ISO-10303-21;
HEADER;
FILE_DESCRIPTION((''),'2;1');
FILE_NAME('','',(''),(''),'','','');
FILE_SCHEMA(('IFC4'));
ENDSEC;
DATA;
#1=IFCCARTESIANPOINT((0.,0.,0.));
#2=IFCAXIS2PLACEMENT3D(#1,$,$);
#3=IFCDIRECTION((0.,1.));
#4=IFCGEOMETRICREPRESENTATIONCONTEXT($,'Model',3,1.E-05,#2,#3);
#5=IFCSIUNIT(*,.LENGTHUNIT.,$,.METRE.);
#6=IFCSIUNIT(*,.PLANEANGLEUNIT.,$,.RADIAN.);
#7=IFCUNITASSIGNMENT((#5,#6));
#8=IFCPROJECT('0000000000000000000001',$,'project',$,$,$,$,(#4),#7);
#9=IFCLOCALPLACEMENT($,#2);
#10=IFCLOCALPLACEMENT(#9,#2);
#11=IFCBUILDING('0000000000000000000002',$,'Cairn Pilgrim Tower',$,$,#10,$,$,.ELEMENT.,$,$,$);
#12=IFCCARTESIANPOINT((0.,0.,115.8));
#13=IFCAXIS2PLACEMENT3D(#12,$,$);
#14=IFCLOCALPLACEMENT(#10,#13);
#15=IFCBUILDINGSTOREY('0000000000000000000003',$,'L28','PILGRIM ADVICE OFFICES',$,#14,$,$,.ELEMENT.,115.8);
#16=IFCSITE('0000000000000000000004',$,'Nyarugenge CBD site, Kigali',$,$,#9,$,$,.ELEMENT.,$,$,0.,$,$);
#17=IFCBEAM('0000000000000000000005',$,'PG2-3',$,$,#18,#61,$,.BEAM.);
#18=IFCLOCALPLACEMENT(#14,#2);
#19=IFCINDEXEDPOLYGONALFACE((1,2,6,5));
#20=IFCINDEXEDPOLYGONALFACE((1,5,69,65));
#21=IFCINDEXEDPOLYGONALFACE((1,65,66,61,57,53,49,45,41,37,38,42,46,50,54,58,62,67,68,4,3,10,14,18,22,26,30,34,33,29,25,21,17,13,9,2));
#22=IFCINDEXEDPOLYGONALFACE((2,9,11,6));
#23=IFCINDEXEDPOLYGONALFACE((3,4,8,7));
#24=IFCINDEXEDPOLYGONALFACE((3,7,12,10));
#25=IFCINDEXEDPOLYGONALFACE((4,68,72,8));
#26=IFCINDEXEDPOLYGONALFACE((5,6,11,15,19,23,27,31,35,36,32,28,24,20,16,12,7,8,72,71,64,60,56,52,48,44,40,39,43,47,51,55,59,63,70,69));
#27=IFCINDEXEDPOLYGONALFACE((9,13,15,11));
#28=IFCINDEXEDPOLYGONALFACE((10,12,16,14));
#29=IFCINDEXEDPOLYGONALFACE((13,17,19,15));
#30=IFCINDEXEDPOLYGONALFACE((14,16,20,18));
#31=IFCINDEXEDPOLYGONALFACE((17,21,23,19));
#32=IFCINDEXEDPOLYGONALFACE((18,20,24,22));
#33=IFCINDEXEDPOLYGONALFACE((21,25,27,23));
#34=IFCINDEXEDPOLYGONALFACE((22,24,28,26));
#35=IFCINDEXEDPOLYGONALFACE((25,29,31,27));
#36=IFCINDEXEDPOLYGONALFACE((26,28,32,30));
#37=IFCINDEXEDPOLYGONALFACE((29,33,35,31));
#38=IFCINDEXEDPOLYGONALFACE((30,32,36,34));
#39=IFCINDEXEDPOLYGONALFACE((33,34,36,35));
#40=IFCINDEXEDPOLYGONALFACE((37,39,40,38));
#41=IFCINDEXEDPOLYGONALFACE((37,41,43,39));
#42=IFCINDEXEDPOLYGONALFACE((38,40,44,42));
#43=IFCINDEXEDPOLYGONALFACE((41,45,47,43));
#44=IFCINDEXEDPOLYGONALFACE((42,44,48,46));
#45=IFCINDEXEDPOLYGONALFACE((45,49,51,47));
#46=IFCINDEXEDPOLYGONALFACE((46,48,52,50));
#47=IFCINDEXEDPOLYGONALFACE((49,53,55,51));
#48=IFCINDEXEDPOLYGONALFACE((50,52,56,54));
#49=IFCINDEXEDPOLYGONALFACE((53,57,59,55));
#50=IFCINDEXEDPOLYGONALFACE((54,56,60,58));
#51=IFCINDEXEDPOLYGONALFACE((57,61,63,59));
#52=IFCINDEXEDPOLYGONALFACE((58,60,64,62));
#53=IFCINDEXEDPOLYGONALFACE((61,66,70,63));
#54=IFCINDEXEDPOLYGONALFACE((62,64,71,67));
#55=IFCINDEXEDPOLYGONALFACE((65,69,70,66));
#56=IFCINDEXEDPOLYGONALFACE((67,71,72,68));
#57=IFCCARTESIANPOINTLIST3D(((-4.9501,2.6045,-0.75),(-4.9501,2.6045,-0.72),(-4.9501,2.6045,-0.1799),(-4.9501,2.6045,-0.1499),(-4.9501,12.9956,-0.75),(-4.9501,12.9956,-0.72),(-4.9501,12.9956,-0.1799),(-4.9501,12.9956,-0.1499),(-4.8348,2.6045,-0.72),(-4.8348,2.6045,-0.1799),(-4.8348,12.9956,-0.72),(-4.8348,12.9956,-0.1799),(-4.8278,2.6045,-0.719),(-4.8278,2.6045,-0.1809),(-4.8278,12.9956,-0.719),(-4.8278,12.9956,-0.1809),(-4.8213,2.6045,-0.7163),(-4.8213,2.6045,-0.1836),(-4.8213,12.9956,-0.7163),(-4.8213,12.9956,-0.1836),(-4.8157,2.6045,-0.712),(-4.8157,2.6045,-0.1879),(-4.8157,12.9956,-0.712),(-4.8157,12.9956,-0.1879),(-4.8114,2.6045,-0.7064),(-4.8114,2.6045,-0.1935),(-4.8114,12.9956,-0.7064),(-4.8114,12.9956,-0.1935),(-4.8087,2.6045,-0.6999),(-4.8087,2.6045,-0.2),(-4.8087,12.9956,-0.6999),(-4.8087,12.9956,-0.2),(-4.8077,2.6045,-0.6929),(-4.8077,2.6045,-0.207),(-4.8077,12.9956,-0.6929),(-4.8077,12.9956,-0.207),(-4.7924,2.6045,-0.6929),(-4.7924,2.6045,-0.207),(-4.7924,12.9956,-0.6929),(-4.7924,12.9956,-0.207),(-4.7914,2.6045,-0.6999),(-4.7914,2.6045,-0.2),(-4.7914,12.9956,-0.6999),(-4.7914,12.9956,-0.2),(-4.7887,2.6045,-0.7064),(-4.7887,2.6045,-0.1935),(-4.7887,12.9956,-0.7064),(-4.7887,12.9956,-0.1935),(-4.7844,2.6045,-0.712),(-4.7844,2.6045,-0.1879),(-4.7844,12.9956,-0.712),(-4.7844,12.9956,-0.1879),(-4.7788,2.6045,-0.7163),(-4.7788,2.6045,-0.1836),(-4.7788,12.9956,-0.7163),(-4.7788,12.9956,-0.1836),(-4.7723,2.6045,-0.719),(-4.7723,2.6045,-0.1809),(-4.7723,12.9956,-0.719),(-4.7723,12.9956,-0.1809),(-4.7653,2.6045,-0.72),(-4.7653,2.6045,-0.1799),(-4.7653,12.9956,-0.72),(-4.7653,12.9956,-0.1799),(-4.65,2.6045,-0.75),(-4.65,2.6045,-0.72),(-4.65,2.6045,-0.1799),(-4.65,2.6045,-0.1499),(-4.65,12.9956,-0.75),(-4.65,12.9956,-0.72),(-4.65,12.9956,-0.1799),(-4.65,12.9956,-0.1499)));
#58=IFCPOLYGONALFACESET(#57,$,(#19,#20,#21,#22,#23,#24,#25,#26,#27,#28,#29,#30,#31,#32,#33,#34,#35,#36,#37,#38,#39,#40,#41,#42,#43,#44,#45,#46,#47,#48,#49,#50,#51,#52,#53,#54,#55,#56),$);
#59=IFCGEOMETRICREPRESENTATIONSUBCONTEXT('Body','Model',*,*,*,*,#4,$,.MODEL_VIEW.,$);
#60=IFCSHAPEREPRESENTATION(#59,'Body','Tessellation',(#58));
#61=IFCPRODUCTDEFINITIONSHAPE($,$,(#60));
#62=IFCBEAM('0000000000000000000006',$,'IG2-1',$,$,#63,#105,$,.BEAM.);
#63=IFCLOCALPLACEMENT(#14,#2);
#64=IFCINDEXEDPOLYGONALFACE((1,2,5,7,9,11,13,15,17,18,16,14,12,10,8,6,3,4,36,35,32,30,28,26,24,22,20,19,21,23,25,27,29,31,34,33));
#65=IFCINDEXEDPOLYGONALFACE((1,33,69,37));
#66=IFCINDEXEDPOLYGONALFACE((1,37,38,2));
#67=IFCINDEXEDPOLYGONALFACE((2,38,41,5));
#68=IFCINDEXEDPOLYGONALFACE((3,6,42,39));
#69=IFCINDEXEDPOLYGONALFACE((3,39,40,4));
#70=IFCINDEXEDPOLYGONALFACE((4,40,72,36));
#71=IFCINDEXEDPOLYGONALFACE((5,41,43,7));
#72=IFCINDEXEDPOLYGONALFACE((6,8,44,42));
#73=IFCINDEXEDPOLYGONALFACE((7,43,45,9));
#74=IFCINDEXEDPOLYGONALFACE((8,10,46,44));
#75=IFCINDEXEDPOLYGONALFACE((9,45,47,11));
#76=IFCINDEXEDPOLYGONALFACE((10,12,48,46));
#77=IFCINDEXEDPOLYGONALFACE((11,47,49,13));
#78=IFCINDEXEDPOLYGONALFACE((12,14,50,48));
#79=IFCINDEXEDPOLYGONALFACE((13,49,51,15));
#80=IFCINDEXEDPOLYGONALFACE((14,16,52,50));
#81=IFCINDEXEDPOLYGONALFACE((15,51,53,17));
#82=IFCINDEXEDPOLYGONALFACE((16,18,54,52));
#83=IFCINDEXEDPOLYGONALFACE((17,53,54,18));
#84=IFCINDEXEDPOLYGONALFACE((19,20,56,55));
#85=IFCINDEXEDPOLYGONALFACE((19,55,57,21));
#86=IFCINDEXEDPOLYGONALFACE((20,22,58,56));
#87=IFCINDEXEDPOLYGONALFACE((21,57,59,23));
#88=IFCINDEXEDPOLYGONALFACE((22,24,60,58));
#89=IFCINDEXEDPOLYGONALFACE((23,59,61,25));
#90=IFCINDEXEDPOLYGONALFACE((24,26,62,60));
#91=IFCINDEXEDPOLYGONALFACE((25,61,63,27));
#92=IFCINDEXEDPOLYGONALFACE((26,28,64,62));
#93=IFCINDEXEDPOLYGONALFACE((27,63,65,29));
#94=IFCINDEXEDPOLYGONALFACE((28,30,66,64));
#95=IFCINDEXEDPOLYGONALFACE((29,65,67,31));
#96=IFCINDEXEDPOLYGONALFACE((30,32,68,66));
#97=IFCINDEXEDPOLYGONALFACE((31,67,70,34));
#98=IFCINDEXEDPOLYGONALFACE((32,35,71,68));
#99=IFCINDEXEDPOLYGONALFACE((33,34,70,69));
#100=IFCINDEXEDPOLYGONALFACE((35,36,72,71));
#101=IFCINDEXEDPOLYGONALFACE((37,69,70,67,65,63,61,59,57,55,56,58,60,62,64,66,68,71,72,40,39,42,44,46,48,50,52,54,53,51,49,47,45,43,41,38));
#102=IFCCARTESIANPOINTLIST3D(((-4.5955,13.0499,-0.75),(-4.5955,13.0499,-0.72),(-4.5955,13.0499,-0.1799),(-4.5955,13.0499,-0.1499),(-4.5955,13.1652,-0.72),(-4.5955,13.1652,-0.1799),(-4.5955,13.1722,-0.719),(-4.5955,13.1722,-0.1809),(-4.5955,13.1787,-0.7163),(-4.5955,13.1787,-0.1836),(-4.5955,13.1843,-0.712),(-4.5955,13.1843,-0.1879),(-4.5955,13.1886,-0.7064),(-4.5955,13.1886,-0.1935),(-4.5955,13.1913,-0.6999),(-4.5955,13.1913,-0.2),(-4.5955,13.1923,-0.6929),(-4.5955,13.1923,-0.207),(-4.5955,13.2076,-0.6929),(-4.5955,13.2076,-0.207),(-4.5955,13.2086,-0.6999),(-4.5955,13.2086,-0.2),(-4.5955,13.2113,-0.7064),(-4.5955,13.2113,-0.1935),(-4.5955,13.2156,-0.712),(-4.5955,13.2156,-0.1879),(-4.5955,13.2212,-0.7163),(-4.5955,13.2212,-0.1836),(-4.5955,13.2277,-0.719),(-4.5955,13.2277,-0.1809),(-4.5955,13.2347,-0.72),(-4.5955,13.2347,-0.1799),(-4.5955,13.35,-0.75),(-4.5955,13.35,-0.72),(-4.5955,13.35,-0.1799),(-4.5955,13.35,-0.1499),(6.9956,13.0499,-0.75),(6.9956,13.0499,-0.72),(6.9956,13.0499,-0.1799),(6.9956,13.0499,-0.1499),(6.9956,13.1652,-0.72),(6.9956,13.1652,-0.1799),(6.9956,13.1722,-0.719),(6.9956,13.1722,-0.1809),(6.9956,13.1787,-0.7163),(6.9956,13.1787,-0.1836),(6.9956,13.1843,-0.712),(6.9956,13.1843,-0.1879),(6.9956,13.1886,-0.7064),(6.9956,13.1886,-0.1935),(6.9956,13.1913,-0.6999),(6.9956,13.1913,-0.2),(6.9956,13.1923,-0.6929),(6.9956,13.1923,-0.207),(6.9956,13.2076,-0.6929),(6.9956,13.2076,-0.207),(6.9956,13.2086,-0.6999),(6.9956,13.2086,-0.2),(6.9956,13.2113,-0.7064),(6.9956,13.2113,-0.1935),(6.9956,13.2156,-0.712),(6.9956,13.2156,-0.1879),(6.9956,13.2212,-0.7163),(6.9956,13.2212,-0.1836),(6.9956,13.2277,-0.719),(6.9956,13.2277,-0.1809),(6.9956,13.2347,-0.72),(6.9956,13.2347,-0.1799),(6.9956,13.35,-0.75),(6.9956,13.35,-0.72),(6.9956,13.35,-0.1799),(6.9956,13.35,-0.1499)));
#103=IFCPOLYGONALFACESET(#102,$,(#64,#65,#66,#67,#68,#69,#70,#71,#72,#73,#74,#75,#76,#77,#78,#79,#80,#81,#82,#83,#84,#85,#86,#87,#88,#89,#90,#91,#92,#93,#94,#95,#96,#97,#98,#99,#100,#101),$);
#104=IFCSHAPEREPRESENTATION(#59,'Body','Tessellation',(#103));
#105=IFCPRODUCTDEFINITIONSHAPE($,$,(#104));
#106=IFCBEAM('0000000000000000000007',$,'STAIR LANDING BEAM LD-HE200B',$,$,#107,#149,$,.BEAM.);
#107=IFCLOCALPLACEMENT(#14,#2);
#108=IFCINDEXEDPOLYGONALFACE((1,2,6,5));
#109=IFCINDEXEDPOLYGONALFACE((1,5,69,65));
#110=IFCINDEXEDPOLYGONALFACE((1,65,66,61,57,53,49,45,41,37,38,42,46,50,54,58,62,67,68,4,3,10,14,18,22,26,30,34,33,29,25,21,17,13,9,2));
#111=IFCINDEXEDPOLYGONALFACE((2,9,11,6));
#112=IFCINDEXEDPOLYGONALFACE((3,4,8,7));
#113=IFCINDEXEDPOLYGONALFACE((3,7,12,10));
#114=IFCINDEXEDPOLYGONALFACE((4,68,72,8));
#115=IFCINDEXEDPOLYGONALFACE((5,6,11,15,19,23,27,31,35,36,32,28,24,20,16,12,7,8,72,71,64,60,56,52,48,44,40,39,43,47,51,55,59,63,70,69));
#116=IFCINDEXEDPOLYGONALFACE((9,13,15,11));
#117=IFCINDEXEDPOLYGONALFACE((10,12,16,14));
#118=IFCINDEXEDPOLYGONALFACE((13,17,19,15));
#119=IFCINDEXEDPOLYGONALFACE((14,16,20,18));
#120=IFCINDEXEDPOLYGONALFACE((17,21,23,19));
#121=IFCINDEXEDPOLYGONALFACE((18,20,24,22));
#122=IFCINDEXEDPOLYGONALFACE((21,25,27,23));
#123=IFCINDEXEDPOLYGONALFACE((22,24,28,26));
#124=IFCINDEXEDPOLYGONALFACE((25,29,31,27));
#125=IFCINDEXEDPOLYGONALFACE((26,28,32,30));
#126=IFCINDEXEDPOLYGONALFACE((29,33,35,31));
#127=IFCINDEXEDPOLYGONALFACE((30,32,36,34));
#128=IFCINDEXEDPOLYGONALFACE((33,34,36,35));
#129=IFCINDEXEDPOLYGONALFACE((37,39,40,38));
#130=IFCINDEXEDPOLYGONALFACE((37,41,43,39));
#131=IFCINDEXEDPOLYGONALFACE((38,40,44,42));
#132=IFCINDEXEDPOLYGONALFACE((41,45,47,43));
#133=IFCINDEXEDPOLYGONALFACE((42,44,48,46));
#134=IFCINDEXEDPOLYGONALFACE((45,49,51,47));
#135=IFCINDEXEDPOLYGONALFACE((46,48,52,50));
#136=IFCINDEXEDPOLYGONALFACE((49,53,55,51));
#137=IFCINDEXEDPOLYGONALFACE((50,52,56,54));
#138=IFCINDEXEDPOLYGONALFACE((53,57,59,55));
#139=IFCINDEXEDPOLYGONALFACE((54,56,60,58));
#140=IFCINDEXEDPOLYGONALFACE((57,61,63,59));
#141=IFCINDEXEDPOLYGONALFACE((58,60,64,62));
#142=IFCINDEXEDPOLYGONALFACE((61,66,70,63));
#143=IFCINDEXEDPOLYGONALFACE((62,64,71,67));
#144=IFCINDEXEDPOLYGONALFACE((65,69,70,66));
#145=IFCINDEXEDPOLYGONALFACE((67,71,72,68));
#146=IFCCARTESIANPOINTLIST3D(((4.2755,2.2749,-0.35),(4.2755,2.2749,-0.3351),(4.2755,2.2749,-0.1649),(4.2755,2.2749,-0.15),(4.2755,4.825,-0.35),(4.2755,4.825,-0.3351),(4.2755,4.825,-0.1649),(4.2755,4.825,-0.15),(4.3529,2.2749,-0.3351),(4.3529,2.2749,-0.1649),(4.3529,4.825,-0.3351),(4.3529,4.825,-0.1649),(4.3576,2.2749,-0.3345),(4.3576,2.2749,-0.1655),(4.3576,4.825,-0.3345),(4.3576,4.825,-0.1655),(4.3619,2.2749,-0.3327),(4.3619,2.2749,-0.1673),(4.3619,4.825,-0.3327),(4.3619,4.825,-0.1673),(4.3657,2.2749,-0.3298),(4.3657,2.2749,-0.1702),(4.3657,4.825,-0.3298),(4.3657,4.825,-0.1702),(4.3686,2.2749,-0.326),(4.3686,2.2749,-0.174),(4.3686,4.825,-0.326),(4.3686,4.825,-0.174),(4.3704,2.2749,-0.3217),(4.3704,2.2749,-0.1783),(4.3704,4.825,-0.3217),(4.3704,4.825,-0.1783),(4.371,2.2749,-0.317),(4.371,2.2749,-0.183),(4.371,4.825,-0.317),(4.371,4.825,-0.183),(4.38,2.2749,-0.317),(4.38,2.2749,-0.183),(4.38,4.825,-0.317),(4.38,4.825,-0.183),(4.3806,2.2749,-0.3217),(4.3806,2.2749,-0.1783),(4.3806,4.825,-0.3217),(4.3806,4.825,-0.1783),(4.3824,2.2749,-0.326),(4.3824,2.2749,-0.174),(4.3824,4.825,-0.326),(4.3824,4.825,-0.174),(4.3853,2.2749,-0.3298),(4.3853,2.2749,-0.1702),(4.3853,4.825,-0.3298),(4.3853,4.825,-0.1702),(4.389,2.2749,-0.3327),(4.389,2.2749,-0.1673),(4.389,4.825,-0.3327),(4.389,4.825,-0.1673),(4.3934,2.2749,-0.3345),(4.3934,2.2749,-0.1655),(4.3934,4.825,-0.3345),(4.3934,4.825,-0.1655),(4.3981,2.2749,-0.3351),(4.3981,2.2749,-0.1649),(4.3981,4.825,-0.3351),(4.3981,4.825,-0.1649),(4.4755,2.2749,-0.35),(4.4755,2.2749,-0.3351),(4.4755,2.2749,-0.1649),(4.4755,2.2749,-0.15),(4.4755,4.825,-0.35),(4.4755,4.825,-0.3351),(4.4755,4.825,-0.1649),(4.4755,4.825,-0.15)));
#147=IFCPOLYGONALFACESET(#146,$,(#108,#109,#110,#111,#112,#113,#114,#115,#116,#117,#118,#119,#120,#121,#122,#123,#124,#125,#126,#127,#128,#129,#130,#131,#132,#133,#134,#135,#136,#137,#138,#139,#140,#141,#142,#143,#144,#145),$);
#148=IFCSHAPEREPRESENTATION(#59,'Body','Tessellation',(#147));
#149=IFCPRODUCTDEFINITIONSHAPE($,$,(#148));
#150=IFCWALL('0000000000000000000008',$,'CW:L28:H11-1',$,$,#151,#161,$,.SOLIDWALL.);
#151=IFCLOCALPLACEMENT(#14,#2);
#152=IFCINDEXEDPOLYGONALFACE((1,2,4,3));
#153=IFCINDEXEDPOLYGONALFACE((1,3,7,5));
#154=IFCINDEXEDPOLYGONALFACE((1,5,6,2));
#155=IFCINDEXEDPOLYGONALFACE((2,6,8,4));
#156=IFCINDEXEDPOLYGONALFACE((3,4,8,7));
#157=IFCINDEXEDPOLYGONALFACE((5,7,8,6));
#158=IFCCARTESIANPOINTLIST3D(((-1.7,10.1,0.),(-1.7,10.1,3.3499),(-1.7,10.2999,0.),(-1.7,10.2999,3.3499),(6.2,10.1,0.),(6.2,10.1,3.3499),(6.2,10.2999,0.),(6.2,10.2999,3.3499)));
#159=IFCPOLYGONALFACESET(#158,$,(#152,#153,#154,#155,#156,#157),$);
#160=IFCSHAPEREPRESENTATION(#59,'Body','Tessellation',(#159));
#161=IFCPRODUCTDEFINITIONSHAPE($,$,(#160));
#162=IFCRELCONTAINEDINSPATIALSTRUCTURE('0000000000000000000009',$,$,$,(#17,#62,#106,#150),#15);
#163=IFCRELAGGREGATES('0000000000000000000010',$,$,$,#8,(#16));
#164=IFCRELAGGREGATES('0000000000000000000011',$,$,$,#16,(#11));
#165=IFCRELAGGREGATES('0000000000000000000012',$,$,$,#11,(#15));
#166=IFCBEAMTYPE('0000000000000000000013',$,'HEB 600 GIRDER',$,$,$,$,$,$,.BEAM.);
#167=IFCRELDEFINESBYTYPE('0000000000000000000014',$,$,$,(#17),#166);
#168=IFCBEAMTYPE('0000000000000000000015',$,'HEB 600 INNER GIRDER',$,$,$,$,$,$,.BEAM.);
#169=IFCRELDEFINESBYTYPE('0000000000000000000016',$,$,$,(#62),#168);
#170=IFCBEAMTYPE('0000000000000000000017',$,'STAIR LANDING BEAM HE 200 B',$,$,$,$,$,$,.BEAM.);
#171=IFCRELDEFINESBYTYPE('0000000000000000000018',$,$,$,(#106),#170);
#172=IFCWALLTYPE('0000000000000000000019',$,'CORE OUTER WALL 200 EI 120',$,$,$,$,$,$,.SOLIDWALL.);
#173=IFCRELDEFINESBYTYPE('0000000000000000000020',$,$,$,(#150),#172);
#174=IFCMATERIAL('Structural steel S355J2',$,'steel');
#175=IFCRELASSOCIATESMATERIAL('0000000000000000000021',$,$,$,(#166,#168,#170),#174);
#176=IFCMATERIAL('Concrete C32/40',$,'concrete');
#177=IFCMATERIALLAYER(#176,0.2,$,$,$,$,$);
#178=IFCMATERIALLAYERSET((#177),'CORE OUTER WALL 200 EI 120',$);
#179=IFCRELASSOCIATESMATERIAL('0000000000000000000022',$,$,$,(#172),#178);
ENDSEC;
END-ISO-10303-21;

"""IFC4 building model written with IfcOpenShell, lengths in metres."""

from ifc_helpers import new_model, si_unit, direction, frame, frame_2d, origin, origin_2d, place, context, subcontext, project, spatial, rectangle, i_section, extrude, material, layer, layer_set, material_profile, profile_set, type_object, element, save


model = new_model("IFC4")

# Units and contexts
model_context = context("Model", 3, precision=1e-05, world=origin(), true_north=direction((0.0, 1.0)))
body_context = subcontext(model_context, "Body", "Model", "MODEL_VIEW")
ifc_project = project(units=[si_unit("LENGTHUNIT", "METRE"), si_unit("PLANEANGLEUNIT", "RADIAN")], contexts=[model_context])

# Site, building, storey
site_placement = place(None, origin())
site = spatial("IfcSite", under=ifc_project, at=site_placement, Name="Nyarugenge CBD site, Kigali", CompositionType="ELEMENT", RefElevation=0.0)
building_placement = place(site_placement, origin())
building = spatial("IfcBuilding", under=site, at=building_placement, Name="Cairn Pilgrim Tower", CompositionType="ELEMENT")
storey_placement = place(building_placement, frame((0.0, 0.0, 115.8)))
storey = spatial("IfcBuildingStorey", under=building, at=storey_placement, Name="L28", Description="PILGRIM ADVICE OFFICES", CompositionType="ELEMENT", Elevation=115.8)

# Beams
ifc_material_1 = material(Name="Structural steel S355J2", Category="steel")
ifc_material_profile_1 = material_profile(ifc_material_1, i_section(OverallWidth=0.3, OverallDepth=0.6001, WebThickness=0.0154, FlangeThickness=0.03, FilletRadius=0.0271, at=origin_2d()), Name="HEB 600")
ifc_profile_set_1 = profile_set([ifc_material_profile_1], Name="Structural steel S355J2")
beam_type_1 = type_object("IfcBeamType", Name="HEB 600 GIRDER", PredefinedType="BEAM", material=ifc_profile_set_1)
beam_1_placement = place(storey_placement, frame((-4.8, 2.6045, -0.45), z_axis=(0.0, 1.0, 0.0), x_axis=(-1.0, 0.0, 0.0)))
element("IfcBeam", 1, at=beam_1_placement, inside=storey, type_object=beam_type_1, Name="PG2-3", PredefinedType="BEAM", context=body_context, shape_type="SweptSolid", body=[
    extrude(i_section(OverallWidth=0.3, OverallDepth=0.6001, WebThickness=0.0154, FlangeThickness=0.03, FilletRadius=0.0271, at=origin_2d()), origin(), (0.0, 0.0, 1.0), 10.3911),
])
ifc_material_profile_2 = material_profile(ifc_material_1, i_section(OverallWidth=0.3, OverallDepth=0.6001, WebThickness=0.0154, FlangeThickness=0.03, FilletRadius=0.0271, at=origin_2d()), Name="HEB 600")
ifc_profile_set_2 = profile_set([ifc_material_profile_2], Name="Structural steel S355J2")
beam_type_2 = type_object("IfcBeamType", Name="HEB 600 INNER GIRDER", PredefinedType="BEAM", material=ifc_profile_set_2)
beam_2_placement = place(storey_placement, frame((-4.5955, 13.2, -0.45), z_axis=(1.0, 0.0, 0.0), x_axis=(0.0, 1.0, 0.0)))
element("IfcBeam", 2, at=beam_2_placement, inside=storey, type_object=beam_type_2, Name="IG2-1", PredefinedType="BEAM", context=body_context, shape_type="SweptSolid", body=[
    extrude(i_section(OverallWidth=0.3, OverallDepth=0.6001, WebThickness=0.0154, FlangeThickness=0.03, FilletRadius=0.0271, at=origin_2d()), origin(), (0.0, 0.0, 1.0), 11.5911),
])
ifc_material_profile_3 = material_profile(ifc_material_1, i_section(OverallWidth=0.2, OverallDepth=0.2, WebThickness=0.009, FlangeThickness=0.0149, FilletRadius=0.0181, at=origin_2d()), Name="HE 200 B")
ifc_profile_set_3 = profile_set([ifc_material_profile_3], Name="Structural steel S355J2")
beam_type_3 = type_object("IfcBeamType", Name="STAIR LANDING BEAM HE 200 B", PredefinedType="BEAM", material=ifc_profile_set_3)
beam_3_placement = place(storey_placement, frame((4.3755, 2.2749, -0.25), z_axis=(0.0, 1.0, 0.0), x_axis=(-1.0, 0.0, 0.0)))
element("IfcBeam", 3, at=beam_3_placement, inside=storey, type_object=beam_type_3, Name="STAIR LANDING BEAM LD-HE200B", PredefinedType="BEAM", context=body_context, shape_type="SweptSolid", body=[
    extrude(i_section(OverallWidth=0.2, OverallDepth=0.2, WebThickness=0.009, FlangeThickness=0.0149, FilletRadius=0.0181, at=origin_2d()), origin(), (0.0, 0.0, 1.0), 2.55),
])

# Wall
ifc_material_2 = material(Name="Concrete C32/40", Category="concrete")
ifc_layer_1 = layer(ifc_material_2, 0.2)
ifc_layer_set_1 = layer_set([ifc_layer_1], Name="CORE OUTER WALL 200 EI 120")
wall_type_1 = type_object("IfcWallType", Name="CORE OUTER WALL 200 EI 120", PredefinedType="SOLIDWALL", material=ifc_layer_set_1)
wall_1_placement = place(storey_placement, frame((-1.7, 10.2, 0.0), z_axis=(0.0, 0.0, 1.0), x_axis=(1.0, 0.0, 0.0)))
element("IfcWall", 4, at=wall_1_placement, inside=storey, type_object=wall_type_1, Name="CW:L28:H11-1", PredefinedType="SOLIDWALL", context=body_context, shape_type="SweptSolid", body=[
    extrude(rectangle(XDim=7.8999, YDim=0.2, at=frame_2d((3.95, 0.0))), origin(), (0.0, 0.0, 1.0), 3.3499),
])

save(model, "model.ifc")
